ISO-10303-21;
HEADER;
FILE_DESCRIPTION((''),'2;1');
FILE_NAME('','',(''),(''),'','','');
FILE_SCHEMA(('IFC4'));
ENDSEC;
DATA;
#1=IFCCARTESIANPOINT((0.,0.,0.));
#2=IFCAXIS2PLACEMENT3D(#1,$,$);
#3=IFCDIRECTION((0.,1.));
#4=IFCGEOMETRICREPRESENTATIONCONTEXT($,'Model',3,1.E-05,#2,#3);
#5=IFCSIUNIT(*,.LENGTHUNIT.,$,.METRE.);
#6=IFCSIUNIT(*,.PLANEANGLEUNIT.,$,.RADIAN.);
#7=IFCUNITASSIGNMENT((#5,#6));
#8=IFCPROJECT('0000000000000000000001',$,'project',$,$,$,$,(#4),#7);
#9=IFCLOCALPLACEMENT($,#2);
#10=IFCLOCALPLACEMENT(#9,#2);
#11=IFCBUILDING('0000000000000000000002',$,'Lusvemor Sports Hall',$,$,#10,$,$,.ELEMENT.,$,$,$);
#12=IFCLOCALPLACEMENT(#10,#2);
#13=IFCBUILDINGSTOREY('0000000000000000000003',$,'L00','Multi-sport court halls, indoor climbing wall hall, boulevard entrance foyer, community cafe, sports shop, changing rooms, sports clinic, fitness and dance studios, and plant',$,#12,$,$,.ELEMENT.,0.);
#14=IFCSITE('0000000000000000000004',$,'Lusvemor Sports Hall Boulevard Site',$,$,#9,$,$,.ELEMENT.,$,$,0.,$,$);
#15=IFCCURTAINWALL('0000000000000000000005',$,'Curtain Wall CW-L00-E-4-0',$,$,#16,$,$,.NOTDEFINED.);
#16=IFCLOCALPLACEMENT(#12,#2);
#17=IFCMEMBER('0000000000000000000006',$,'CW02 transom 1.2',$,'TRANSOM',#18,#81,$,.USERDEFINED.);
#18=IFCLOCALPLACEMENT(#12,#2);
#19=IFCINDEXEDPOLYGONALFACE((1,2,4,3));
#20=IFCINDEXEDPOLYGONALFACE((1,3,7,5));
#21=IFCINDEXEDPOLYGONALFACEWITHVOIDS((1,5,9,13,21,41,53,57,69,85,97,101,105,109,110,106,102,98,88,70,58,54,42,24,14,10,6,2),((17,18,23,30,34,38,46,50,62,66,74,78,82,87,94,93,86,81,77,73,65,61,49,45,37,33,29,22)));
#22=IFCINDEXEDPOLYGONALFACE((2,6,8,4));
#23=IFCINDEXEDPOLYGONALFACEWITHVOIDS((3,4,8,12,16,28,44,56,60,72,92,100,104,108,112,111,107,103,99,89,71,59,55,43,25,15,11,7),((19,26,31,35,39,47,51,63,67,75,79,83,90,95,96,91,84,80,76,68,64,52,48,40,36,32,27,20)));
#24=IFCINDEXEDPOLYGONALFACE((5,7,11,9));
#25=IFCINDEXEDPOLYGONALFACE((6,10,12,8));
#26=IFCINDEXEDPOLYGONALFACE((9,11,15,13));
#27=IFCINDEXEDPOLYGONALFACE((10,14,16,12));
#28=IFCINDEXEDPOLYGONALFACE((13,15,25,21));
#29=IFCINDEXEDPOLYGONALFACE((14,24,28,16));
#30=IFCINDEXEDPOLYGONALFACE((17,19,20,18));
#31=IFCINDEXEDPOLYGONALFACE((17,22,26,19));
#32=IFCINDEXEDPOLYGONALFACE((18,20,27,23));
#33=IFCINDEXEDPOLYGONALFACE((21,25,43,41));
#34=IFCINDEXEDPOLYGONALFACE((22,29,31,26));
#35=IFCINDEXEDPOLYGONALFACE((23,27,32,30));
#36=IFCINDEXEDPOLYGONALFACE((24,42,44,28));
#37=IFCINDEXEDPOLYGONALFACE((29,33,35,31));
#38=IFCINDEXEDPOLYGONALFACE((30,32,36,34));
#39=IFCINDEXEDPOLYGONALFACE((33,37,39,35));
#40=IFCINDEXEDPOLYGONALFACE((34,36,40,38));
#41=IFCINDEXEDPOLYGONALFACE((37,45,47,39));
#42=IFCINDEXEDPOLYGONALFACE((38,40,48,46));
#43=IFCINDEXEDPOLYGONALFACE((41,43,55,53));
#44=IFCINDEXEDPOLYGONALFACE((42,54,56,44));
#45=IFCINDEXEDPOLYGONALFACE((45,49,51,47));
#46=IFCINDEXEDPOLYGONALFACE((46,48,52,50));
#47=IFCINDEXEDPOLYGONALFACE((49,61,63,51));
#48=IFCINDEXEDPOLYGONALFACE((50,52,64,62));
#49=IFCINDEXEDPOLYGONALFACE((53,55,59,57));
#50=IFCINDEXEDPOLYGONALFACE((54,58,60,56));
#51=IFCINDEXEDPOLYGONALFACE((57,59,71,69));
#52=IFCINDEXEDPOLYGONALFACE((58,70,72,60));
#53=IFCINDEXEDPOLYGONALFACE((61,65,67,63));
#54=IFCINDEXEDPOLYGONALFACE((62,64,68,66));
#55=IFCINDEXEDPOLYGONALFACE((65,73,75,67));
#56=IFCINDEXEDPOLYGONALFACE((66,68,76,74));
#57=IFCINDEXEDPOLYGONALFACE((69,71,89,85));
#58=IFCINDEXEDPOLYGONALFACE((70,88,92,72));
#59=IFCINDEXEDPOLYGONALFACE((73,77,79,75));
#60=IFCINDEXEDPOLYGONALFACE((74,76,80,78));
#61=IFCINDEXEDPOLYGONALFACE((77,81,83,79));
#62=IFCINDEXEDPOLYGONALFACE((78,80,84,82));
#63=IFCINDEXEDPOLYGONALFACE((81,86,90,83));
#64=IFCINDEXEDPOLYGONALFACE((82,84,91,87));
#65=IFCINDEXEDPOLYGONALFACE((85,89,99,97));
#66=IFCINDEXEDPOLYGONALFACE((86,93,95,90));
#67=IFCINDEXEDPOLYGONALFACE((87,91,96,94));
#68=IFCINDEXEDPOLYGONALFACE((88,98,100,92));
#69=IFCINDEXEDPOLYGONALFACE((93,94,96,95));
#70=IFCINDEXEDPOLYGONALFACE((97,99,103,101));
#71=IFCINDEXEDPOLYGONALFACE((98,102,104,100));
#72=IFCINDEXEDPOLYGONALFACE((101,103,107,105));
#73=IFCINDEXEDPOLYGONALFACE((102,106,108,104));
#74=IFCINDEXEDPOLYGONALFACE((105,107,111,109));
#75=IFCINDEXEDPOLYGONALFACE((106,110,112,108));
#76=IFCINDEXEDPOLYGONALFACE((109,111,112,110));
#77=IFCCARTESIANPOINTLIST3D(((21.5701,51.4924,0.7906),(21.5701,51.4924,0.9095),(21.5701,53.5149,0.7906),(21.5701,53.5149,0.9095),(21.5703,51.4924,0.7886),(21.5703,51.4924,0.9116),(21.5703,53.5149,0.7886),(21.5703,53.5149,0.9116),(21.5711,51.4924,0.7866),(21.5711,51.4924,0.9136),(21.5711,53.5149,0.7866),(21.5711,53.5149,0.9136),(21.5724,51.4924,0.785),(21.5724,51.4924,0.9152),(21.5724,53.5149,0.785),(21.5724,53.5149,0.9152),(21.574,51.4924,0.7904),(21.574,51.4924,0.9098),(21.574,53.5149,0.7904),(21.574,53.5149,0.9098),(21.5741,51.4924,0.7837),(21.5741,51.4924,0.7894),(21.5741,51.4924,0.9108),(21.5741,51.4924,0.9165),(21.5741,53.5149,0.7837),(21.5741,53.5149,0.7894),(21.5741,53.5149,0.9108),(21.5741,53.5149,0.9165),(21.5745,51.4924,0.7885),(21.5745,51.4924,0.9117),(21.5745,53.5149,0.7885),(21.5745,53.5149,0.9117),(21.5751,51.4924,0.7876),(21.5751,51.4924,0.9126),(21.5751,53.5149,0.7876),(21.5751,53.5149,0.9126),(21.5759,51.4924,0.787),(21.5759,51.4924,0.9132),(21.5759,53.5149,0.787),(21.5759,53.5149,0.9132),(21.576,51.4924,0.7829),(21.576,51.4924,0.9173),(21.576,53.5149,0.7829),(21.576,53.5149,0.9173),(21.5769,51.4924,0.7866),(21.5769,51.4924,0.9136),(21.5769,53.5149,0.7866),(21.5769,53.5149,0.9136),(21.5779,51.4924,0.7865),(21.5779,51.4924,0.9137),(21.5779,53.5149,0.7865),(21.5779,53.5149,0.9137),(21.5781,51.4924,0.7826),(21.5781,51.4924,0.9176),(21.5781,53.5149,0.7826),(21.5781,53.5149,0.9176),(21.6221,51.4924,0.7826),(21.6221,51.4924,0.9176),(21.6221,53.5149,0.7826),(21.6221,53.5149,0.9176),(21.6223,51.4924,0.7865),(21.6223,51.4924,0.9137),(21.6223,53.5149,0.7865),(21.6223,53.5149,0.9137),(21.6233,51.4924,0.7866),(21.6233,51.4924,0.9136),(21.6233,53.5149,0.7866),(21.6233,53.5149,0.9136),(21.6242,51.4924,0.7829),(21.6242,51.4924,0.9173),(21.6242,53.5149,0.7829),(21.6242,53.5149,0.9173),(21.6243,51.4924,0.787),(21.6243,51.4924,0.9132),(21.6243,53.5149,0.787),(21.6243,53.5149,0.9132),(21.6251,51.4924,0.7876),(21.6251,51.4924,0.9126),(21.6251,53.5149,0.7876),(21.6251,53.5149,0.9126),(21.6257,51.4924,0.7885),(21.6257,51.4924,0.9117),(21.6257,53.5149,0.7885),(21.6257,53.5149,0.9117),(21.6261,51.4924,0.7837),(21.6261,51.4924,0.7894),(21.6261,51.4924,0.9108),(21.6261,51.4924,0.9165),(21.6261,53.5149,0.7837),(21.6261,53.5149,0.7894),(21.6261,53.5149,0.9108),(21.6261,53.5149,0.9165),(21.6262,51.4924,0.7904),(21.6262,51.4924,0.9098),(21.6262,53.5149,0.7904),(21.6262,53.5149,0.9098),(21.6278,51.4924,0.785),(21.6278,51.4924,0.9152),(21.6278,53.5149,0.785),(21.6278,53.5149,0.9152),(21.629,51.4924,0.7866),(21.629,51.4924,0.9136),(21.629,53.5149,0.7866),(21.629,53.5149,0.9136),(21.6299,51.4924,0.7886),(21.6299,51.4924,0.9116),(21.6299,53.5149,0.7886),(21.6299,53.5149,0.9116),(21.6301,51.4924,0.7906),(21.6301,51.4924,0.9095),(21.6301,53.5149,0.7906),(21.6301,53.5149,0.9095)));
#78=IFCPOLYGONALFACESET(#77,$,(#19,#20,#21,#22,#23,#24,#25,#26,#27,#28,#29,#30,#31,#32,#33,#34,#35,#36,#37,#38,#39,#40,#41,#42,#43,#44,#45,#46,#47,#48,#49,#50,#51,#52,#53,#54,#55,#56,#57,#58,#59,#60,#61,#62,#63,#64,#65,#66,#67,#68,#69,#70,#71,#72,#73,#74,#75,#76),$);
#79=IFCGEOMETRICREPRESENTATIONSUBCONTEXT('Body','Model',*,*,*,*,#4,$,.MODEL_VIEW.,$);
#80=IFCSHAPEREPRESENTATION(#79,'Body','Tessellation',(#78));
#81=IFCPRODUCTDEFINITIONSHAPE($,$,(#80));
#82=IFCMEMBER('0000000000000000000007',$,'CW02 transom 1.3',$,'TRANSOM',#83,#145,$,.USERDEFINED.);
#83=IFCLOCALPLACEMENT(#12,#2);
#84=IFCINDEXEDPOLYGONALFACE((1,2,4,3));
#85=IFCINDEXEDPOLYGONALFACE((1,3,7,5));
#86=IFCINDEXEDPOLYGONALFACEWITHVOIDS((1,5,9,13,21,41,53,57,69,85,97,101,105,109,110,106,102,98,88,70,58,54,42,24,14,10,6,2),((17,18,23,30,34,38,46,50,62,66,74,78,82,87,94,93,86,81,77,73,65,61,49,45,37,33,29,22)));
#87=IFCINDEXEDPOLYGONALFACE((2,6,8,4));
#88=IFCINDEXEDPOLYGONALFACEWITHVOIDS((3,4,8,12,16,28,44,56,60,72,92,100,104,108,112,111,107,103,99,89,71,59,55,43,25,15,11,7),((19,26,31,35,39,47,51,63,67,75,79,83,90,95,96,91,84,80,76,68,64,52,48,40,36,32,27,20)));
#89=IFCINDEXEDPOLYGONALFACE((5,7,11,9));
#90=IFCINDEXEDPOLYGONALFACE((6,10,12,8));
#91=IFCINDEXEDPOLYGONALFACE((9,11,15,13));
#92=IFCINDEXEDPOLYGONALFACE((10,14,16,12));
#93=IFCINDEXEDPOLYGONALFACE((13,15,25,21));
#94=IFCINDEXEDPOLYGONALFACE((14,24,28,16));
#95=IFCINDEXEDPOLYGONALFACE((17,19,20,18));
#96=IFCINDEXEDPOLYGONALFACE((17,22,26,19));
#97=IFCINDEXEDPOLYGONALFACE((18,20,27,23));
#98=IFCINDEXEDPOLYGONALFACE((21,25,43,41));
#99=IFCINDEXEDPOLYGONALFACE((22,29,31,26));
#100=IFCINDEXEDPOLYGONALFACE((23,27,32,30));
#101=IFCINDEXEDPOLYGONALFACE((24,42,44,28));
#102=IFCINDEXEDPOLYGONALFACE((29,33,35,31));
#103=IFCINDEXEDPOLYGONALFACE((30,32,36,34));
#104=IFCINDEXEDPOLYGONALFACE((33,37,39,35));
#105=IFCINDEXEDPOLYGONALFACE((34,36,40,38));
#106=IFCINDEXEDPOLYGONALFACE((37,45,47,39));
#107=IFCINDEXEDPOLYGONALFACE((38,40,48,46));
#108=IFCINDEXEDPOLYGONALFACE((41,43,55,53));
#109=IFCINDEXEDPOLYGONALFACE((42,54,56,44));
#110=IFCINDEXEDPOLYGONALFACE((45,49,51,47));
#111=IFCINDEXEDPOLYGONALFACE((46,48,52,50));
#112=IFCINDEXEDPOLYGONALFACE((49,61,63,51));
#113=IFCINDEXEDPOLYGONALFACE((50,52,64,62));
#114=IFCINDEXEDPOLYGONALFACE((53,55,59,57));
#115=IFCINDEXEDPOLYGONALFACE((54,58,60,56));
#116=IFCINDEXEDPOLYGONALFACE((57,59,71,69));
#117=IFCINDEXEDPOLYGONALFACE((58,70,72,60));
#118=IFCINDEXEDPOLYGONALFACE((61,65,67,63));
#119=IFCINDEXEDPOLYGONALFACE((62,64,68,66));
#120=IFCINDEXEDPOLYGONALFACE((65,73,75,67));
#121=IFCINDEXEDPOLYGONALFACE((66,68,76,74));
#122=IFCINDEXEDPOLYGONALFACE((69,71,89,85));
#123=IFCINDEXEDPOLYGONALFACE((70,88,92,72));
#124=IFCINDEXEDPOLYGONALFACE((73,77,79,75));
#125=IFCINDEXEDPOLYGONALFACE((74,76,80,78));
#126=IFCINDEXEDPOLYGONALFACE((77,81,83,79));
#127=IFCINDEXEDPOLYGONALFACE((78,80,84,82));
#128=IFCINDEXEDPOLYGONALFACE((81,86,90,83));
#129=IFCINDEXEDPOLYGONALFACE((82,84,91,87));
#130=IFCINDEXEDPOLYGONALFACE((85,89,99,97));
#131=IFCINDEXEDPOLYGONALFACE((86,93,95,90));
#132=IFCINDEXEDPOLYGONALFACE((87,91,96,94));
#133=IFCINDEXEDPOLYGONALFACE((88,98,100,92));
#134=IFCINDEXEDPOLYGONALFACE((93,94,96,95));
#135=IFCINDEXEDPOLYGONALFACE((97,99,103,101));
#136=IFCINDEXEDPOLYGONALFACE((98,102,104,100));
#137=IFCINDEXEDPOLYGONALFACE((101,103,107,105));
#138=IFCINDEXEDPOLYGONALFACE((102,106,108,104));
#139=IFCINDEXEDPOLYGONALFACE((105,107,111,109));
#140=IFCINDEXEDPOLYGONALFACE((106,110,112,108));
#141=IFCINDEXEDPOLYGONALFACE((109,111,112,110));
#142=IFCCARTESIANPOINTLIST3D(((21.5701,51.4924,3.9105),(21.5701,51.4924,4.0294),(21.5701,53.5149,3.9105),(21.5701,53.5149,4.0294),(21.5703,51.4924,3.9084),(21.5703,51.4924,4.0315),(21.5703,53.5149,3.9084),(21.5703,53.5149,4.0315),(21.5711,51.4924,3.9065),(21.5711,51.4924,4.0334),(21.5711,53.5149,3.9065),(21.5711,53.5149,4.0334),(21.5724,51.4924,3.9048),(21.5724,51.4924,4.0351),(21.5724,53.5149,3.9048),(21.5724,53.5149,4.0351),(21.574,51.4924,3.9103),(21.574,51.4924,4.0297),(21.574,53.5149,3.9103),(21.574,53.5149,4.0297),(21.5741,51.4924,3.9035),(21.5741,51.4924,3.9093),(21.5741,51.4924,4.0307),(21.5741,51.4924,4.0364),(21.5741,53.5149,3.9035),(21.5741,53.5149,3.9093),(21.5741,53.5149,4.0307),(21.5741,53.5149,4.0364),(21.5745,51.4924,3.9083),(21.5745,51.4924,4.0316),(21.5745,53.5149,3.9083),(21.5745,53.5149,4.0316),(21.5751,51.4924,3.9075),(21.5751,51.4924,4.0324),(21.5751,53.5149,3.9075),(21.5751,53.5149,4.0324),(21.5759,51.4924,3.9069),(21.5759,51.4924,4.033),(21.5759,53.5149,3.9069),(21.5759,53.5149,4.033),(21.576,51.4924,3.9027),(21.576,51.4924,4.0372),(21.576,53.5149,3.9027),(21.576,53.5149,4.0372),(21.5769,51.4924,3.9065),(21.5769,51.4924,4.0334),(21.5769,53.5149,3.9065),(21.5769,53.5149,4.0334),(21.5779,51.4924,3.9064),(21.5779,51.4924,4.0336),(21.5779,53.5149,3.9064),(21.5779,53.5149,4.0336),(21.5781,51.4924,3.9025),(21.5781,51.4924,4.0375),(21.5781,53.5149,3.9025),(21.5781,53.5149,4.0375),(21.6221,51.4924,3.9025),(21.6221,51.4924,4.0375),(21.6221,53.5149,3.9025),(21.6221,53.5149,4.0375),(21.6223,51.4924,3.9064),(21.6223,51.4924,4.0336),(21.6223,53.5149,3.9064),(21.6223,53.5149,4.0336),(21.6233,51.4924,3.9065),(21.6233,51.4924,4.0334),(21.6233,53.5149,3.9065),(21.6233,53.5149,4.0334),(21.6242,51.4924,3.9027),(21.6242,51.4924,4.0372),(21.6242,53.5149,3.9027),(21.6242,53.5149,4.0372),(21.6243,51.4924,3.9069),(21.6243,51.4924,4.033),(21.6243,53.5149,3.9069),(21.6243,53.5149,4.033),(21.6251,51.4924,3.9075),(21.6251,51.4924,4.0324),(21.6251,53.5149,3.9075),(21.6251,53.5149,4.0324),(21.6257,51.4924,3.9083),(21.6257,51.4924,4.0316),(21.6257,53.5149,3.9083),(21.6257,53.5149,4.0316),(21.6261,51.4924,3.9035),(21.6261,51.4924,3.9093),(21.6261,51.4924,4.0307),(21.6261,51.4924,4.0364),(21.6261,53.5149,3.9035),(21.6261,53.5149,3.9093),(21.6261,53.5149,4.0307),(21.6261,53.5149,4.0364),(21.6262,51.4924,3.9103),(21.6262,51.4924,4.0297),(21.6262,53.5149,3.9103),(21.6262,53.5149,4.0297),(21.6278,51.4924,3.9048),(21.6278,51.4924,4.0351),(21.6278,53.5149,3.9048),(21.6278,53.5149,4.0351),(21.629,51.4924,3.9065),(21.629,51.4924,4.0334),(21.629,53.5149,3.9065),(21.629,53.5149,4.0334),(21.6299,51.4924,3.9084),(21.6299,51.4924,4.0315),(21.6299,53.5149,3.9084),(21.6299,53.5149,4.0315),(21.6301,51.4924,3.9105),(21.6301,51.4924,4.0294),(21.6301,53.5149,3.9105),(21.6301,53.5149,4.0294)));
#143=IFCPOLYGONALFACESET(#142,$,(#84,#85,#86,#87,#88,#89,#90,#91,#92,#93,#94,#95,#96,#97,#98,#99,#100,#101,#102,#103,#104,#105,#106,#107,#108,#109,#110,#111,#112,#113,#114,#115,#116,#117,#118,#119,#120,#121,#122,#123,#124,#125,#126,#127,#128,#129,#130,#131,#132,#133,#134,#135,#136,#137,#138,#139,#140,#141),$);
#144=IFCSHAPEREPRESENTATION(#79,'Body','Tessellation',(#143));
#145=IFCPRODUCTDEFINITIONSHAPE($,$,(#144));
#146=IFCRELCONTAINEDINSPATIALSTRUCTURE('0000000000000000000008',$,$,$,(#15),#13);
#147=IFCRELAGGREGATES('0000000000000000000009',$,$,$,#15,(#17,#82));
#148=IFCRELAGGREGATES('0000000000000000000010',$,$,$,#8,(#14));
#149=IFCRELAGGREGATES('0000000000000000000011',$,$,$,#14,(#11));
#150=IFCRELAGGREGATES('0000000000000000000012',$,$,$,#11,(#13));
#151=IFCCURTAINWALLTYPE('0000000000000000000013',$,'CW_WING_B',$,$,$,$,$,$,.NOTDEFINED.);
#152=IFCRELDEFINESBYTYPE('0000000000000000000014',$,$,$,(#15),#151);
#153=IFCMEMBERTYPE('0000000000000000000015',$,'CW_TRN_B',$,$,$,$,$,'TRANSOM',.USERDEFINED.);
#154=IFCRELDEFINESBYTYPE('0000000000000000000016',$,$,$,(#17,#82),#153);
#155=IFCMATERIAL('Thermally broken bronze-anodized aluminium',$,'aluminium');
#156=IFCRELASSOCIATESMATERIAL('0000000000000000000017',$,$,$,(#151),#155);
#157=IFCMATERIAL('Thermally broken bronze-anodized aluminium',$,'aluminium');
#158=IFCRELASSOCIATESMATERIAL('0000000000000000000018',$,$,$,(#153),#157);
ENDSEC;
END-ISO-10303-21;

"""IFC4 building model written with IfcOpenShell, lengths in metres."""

from ifc_helpers import new_model, si_unit, direction, frame, origin, origin_2d, place, context, subcontext, project, spatial, hollow_rectangle, extrude, material, material_profile, profile_set, type_object, element, aggregate, save


model = new_model("IFC4")

# Units and contexts
model_context = context("Model", 3, precision=1e-05, world=origin(), true_north=direction((0.0, 1.0)))
body_context = subcontext(model_context, "Body", "Model", "MODEL_VIEW")
ifc_project = project(units=[si_unit("LENGTHUNIT", "METRE"), si_unit("PLANEANGLEUNIT", "RADIAN")], contexts=[model_context])

# Site, building, storey
site_placement = place(None, origin())
site = spatial("IfcSite", under=ifc_project, at=site_placement, Name="Lusvemor Sports Hall Boulevard Site", CompositionType="ELEMENT", RefElevation=0.0)
building_placement = place(site_placement, origin())
building = spatial("IfcBuilding", under=site, at=building_placement, Name="Lusvemor Sports Hall", CompositionType="ELEMENT")
storey_placement = place(building_placement, origin())
storey = spatial("IfcBuildingStorey", under=building, at=storey_placement, Name="L00", Description="Multi-sport court halls, indoor climbing wall hall, boulevard entrance foyer, community cafe, sports shop, changing rooms, sports clinic, fitness and dance studios, and plant", CompositionType="ELEMENT", Elevation=0.0)

# Curtain wall, members
ifc_material_1 = material(Name="Thermally broken bronze-anodized aluminium", Category="aluminium")
curtain_wall_type = type_object("IfcCurtainWallType", Name="CW_WING_B", PredefinedType="NOTDEFINED", material=ifc_material_1)
curtain_wall_placement = place(storey_placement, origin())
curtain_wall = element("IfcCurtainWall", 1, at=curtain_wall_placement, inside=storey, type_object=curtain_wall_type, Name="Curtain Wall CW-L00-E-4-0", PredefinedType="NOTDEFINED")
ifc_material_2 = material(Name="Thermally broken bronze-anodized aluminium", Category="aluminium")
ifc_material_profile_1 = material_profile(ifc_material_2, hollow_rectangle(XDim=0.0601, YDim=0.135, WallThickness=0.0039, InnerFilletRadius=0.0039, OuterFilletRadius=0.0081, at=origin_2d()), Name="CWTRN135x60x4")
ifc_profile_set_1 = profile_set([ifc_material_profile_1], Name="Thermally broken bronze-anodized aluminium")
member_type_1 = type_object("IfcMemberType", Name="CW_TRN_B", ElementType="TRANSOM", PredefinedType="USERDEFINED", material=ifc_profile_set_1)
member_1_placement = place(storey_placement, frame((21.6001, 53.5149, 0.8501), z_axis=(0.0, -1.0, 0.0), x_axis=(1.0, 0.0, 0.0)))
member_1 = element("IfcMember", 2, at=member_1_placement, type_object=member_type_1, Name="CW02 transom 1.2", ObjectType="TRANSOM", PredefinedType="USERDEFINED", context=body_context, shape_type="SweptSolid", body=[
    extrude(hollow_rectangle(XDim=0.0601, YDim=0.135, WallThickness=0.0039, InnerFilletRadius=0.0039, OuterFilletRadius=0.0081, at=origin_2d()), origin(), (0.0, 0.0, 1.0), 2.0225),
])
member_2_placement = place(storey_placement, frame((21.6001, 53.5149, 3.97), z_axis=(0.0, -1.0, 0.0), x_axis=(1.0, 0.0, 0.0)))
member_2 = element("IfcMember", 3, at=member_2_placement, type_object=member_type_1, Name="CW02 transom 1.3", ObjectType="TRANSOM", PredefinedType="USERDEFINED", context=body_context, shape_type="SweptSolid", body=[
    extrude(hollow_rectangle(XDim=0.0601, YDim=0.135, WallThickness=0.0039, InnerFilletRadius=0.0039, OuterFilletRadius=0.0081, at=origin_2d()), origin(), (0.0, 0.0, 1.0), 2.0225),
])
aggregate(curtain_wall, [member_1, member_2])

save(model, "model.ifc")
